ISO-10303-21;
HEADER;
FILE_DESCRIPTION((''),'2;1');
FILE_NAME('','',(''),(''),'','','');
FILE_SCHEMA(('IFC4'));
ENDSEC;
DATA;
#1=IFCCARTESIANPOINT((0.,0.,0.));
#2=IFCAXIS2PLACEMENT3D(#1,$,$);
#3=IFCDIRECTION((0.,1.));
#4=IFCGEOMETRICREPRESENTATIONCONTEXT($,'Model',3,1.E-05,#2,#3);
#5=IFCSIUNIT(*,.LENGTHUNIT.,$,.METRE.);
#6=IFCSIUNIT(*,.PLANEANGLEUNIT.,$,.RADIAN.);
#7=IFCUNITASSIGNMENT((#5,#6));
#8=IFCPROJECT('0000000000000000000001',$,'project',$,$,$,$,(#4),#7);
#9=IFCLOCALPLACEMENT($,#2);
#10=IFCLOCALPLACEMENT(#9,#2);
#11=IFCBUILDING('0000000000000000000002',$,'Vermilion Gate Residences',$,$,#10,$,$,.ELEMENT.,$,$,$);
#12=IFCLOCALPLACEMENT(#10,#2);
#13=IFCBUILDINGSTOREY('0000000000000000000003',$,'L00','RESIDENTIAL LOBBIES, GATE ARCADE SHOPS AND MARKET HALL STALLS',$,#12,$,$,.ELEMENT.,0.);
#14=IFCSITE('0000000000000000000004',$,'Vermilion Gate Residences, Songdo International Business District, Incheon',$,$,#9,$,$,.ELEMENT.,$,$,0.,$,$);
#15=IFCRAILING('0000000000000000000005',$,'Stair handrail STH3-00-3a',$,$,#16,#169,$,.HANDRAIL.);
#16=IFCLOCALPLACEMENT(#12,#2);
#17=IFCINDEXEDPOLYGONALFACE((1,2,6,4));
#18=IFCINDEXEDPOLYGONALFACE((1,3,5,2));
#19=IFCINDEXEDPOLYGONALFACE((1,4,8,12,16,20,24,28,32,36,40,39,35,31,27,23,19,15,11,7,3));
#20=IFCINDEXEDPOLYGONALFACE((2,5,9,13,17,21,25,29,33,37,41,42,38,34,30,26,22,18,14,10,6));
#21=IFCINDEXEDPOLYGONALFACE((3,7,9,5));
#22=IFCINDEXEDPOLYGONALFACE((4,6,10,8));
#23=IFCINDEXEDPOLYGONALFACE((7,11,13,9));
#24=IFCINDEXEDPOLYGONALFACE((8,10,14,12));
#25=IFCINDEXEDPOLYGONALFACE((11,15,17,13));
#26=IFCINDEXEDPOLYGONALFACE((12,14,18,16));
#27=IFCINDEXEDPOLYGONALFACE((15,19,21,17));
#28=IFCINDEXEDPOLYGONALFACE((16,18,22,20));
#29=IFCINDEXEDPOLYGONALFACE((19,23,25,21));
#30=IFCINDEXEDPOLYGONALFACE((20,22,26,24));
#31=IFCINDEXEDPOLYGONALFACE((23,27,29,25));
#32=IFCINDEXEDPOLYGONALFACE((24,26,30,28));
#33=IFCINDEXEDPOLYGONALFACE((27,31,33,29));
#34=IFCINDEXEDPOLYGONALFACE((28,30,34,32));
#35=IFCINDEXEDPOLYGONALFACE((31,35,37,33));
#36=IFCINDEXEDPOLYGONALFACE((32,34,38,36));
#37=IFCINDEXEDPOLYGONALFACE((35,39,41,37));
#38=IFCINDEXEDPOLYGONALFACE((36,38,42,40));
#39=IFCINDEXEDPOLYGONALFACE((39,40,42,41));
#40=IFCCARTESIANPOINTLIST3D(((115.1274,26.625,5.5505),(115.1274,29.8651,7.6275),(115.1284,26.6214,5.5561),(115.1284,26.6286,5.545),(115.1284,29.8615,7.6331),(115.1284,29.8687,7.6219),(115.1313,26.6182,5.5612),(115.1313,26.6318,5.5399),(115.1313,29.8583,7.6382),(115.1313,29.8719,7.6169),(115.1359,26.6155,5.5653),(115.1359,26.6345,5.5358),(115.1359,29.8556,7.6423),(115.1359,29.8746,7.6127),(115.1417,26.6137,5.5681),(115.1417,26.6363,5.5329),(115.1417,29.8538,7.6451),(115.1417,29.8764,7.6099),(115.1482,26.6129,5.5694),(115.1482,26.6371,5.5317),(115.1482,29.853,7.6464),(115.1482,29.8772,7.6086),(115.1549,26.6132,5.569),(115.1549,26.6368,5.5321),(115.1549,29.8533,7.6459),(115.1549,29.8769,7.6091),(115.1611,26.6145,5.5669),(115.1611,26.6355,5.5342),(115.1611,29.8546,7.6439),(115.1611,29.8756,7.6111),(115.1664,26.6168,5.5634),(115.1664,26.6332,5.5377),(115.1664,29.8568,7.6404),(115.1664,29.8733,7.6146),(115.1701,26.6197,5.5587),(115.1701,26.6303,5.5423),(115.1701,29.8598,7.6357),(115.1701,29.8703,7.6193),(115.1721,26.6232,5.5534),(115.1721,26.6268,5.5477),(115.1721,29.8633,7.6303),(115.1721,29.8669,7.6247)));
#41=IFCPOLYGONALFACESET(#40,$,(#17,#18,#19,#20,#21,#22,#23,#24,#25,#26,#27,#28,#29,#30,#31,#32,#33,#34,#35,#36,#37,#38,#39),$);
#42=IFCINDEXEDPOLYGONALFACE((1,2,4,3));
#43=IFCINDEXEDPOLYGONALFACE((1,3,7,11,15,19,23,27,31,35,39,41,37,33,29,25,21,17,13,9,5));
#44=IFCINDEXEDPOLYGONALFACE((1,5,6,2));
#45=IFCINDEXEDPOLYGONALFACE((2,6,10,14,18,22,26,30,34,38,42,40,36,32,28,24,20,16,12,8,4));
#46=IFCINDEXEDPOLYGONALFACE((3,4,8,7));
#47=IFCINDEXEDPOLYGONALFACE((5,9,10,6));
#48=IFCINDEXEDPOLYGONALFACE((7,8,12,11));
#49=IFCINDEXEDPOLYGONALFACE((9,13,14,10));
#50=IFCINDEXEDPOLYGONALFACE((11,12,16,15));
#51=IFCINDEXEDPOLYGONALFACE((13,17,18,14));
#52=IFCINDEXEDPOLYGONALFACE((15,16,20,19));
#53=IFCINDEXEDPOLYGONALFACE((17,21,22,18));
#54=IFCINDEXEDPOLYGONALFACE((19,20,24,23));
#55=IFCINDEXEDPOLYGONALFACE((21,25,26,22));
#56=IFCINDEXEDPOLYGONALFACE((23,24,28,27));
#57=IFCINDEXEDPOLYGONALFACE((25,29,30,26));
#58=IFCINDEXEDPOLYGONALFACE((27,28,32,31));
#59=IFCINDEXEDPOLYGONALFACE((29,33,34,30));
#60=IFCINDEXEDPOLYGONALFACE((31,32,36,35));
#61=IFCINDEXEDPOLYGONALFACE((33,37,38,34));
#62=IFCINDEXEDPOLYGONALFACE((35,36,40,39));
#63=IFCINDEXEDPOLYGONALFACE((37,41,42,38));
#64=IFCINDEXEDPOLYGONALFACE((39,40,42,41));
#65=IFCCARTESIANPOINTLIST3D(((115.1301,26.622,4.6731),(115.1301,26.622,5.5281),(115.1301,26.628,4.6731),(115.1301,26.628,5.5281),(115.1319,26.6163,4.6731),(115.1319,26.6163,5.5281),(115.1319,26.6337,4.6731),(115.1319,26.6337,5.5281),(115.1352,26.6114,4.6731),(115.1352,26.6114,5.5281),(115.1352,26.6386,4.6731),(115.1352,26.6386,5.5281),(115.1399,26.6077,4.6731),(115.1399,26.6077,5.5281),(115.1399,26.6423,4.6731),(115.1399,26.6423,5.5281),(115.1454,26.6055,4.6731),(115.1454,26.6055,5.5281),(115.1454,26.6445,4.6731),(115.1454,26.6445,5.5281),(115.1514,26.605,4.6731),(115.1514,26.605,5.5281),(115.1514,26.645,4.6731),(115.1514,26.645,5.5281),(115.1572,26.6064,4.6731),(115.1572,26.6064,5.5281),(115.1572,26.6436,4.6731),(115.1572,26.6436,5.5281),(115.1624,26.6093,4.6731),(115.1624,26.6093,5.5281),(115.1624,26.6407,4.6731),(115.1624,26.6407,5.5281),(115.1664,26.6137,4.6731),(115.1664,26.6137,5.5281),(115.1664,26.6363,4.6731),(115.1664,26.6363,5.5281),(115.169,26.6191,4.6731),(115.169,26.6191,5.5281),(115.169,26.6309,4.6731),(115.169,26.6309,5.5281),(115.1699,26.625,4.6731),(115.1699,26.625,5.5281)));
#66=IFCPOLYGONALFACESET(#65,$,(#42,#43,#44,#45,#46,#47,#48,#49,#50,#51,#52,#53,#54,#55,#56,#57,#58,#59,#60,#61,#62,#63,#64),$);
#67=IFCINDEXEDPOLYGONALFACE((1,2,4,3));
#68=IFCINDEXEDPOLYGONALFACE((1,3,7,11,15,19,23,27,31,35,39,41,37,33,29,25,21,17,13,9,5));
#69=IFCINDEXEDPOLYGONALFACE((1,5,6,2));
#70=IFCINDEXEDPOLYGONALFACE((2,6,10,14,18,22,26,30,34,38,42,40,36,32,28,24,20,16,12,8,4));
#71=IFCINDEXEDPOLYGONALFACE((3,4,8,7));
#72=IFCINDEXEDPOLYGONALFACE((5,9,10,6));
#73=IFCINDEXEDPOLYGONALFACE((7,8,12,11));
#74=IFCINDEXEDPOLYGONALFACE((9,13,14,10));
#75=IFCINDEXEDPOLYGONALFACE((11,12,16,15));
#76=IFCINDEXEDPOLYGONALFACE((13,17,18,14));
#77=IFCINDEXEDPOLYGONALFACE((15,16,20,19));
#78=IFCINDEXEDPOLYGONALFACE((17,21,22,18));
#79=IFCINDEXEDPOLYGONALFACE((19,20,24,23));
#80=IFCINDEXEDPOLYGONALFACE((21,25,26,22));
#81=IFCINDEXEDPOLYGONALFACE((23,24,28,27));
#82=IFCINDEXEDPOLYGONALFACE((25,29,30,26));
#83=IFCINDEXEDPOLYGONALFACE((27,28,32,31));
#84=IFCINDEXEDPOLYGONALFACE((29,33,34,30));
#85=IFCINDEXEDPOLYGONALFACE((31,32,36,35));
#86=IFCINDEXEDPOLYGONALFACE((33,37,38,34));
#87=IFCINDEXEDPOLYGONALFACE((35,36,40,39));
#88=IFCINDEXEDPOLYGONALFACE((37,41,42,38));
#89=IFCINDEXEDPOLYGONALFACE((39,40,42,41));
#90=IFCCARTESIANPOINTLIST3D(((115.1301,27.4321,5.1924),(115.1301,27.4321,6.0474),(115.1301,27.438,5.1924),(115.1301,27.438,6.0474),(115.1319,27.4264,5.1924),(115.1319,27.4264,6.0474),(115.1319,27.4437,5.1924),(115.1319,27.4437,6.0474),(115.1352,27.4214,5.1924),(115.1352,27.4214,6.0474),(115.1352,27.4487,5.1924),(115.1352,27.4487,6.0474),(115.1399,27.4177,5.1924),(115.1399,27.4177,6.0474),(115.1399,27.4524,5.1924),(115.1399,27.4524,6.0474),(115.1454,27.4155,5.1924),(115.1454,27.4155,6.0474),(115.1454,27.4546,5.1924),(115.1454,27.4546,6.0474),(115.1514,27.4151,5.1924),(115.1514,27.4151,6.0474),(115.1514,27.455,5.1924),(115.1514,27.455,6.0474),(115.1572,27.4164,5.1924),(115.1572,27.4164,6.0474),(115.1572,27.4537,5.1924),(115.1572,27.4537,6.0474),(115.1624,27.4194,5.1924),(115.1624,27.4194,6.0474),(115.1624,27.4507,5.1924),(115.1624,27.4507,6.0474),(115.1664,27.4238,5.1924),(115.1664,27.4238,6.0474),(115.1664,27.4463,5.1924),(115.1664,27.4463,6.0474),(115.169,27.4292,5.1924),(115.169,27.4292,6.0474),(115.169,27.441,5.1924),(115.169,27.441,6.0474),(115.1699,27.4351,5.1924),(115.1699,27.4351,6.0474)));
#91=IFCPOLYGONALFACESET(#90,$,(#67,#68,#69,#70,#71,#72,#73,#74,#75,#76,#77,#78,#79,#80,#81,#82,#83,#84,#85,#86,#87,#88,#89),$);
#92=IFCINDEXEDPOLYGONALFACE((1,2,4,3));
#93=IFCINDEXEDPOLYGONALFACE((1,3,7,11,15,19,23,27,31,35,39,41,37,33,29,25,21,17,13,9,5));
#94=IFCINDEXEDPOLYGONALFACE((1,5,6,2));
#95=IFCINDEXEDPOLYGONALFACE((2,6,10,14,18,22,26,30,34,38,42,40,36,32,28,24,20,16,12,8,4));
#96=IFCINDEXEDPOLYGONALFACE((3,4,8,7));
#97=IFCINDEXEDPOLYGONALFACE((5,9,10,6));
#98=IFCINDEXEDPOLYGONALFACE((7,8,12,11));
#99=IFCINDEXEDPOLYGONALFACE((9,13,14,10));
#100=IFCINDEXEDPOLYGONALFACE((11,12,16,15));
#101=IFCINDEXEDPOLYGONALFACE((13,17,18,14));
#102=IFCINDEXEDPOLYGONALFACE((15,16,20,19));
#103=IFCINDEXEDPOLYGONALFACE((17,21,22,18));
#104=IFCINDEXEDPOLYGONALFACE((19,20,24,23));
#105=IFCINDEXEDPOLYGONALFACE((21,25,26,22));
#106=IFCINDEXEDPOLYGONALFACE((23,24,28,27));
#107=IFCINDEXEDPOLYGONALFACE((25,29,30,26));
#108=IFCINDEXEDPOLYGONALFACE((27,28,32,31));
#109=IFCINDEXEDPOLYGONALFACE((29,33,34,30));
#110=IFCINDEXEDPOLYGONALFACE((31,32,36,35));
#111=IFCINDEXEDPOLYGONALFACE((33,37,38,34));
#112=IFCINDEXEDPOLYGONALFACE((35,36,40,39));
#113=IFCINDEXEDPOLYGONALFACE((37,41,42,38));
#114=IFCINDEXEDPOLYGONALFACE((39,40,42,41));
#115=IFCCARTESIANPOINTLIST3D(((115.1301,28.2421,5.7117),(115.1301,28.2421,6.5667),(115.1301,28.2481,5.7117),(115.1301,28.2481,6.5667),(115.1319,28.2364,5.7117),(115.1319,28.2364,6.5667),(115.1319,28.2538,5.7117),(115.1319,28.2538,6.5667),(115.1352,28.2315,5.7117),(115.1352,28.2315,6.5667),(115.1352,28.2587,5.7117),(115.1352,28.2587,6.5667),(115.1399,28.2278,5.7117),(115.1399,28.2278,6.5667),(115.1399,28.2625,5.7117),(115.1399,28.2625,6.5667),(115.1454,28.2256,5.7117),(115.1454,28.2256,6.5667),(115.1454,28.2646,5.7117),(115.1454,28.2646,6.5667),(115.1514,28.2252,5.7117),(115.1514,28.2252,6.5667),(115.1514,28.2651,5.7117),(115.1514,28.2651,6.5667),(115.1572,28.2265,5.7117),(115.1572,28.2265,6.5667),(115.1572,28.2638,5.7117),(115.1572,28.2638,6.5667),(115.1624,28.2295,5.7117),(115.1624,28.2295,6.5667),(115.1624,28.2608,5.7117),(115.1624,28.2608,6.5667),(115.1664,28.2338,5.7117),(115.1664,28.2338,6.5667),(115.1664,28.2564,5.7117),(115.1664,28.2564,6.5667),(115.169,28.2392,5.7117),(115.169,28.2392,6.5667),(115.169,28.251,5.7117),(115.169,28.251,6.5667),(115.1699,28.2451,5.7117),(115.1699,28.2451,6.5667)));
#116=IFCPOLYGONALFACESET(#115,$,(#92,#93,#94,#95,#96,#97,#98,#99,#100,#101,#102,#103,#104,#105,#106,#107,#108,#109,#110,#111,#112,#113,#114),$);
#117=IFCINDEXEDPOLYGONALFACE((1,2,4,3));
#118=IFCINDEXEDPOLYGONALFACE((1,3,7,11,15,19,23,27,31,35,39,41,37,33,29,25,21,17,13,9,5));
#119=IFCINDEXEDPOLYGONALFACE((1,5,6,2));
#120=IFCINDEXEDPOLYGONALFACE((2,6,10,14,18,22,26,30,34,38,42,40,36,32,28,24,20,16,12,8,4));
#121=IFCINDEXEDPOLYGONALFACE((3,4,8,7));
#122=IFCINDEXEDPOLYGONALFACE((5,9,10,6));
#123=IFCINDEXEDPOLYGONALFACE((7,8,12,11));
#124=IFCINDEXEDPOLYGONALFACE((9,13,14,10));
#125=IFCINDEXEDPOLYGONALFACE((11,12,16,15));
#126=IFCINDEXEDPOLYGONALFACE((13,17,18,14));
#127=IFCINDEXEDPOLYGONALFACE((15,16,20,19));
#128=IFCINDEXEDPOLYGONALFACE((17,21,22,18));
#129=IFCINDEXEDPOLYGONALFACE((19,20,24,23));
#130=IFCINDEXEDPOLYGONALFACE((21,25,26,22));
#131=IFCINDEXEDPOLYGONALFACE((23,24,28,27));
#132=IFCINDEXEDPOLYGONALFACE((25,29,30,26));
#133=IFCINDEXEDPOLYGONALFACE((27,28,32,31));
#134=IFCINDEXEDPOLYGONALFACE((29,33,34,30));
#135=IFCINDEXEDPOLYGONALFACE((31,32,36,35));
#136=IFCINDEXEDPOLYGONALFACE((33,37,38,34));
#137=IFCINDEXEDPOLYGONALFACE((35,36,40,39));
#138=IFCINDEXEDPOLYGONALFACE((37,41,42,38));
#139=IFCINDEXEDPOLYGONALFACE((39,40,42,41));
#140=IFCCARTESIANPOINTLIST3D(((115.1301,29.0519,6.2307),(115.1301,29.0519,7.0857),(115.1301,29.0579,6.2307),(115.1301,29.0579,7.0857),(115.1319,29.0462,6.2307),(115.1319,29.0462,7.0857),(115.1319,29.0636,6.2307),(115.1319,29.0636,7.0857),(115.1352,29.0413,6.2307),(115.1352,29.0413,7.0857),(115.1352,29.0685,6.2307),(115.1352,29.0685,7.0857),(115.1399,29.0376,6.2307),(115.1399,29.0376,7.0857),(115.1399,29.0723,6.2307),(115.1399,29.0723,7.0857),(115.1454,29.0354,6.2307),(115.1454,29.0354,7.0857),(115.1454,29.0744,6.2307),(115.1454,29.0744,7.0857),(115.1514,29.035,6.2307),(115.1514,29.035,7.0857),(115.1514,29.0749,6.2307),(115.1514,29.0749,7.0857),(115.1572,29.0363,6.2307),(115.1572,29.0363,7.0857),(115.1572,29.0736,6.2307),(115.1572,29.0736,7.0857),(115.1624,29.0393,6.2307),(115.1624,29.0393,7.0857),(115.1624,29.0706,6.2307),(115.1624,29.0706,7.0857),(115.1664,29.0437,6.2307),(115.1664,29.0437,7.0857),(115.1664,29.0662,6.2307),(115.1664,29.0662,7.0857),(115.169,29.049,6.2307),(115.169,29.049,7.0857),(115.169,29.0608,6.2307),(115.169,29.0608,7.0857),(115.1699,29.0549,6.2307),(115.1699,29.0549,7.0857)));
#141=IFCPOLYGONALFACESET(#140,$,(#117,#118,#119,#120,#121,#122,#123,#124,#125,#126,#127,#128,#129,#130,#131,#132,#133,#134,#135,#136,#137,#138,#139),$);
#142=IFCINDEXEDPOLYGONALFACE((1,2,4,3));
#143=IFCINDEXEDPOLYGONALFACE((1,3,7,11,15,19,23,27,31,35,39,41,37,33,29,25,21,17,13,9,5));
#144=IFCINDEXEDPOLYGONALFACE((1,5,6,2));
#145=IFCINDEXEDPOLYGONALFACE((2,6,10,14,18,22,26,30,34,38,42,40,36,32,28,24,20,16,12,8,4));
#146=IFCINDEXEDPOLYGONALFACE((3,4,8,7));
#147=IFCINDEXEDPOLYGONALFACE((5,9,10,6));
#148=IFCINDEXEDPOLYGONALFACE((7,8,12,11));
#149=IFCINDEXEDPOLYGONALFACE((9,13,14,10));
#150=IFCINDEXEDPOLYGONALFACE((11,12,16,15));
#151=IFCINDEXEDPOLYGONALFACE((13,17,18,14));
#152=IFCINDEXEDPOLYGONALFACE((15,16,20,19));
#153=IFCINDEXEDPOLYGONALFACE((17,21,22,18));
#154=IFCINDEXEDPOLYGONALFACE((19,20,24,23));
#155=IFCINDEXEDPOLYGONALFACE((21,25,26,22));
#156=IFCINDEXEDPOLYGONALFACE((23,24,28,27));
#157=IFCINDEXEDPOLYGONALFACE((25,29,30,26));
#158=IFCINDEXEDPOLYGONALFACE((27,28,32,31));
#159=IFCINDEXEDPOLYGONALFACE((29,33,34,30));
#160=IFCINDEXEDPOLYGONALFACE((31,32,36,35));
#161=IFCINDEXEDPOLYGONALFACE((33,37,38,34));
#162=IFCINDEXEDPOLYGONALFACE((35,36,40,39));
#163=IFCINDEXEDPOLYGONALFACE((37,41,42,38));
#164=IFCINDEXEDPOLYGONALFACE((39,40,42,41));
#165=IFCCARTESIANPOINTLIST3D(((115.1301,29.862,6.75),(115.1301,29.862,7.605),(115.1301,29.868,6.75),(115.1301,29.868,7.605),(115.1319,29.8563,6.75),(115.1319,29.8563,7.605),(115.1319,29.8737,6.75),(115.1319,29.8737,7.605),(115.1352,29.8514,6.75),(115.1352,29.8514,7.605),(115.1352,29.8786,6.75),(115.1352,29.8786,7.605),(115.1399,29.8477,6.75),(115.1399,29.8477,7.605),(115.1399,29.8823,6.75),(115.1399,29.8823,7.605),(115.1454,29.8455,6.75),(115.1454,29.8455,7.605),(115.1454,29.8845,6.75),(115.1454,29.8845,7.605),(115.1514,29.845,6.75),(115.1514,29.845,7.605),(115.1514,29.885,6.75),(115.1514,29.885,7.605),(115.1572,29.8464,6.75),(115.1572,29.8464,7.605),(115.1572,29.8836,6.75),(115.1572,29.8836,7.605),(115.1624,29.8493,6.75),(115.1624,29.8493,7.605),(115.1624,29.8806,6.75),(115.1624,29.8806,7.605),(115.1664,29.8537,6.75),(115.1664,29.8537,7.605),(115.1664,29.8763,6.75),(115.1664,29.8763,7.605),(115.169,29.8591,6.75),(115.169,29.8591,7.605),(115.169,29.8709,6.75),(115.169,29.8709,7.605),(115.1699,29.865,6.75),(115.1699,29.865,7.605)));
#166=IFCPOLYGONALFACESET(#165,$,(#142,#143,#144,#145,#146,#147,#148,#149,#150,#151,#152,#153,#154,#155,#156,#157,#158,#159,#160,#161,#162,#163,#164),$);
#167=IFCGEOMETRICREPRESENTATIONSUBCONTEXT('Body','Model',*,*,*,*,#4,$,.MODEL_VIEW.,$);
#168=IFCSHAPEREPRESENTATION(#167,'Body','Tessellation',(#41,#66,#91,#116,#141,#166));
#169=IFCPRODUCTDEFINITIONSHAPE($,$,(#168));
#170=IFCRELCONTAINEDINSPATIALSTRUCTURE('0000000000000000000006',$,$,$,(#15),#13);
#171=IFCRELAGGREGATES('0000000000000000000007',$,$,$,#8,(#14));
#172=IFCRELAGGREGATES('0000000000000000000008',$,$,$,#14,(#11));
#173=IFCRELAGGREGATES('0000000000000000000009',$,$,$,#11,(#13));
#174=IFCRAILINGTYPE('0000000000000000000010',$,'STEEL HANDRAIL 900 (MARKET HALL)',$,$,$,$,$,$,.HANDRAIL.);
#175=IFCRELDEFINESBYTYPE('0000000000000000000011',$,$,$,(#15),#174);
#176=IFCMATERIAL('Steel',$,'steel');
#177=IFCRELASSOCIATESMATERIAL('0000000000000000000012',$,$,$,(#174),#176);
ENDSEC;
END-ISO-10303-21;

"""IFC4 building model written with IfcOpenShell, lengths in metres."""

from ifc_helpers import new_model, si_unit, direction, frame, origin, origin_2d, place, context, subcontext, project, spatial, circle, extrude, material, type_object, element, save


model = new_model("IFC4")

# Units and contexts
model_context = context("Model", 3, precision=1e-05, world=origin(), true_north=direction((0.0, 1.0)))
body_context = subcontext(model_context, "Body", "Model", "MODEL_VIEW")
ifc_project = project(units=[si_unit("LENGTHUNIT", "METRE"), si_unit("PLANEANGLEUNIT", "RADIAN")], contexts=[model_context])

# Site, building, storey
site_placement = place(None, origin())
site = spatial("IfcSite", under=ifc_project, at=site_placement, Name="Vermilion Gate Residences, Songdo International Business District, Incheon", CompositionType="ELEMENT", RefElevation=0.0)
building_placement = place(site_placement, origin())
building = spatial("IfcBuilding", under=site, at=building_placement, Name="Vermilion Gate Residences", CompositionType="ELEMENT")
storey_placement = place(building_placement, origin())
storey = spatial("IfcBuildingStorey", under=building, at=storey_placement, Name="L00", Description="RESIDENTIAL LOBBIES, GATE ARCADE SHOPS AND MARKET HALL STALLS", CompositionType="ELEMENT", Elevation=0.0)

# Railing
ifc_material_1 = material(Name="Steel", Category="steel")
railing_type = type_object("IfcRailingType", Name="STEEL HANDRAIL 900 (MARKET HALL)", PredefinedType="HANDRAIL", material=ifc_material_1)
for number, where, name in (
    (1, (115.1499, 26.625, 4.6731), "Stair handrail STH3-00-3a"),
):
    element("IfcRailing", number, at=place(storey_placement, frame(where)), inside=storey, type_object=railing_type, Name=name, PredefinedType="HANDRAIL", context=body_context, shape_type="SweptSolid", body=[
        extrude(circle(Radius=0.0225, at=origin_2d()), frame((0.0, 0.0, 0.8774), z_axis=(0.0, 0.841881, 0.539664), x_axis=(-1.0, 0.0, 0.0)), (0.0, 0.0, 1.0), 3.8486),
        extrude(circle(Radius=0.02, at=origin_2d()), origin(), (0.0, 0.0, 1.0), 0.855),
        extrude(circle(Radius=0.02, at=origin_2d()), frame((0.0, 0.8101, 0.5193)), (0.0, 0.0, 1.0), 0.855),
        extrude(circle(Radius=0.02, at=origin_2d()), frame((0.0, 1.6201, 1.0386)), (0.0, 0.0, 1.0), 0.855),
        extrude(circle(Radius=0.02, at=origin_2d()), frame((0.0, 2.4299, 1.5576)), (0.0, 0.0, 1.0), 0.855),
        extrude(circle(Radius=0.02, at=origin_2d()), frame((0.0, 3.24, 2.0769)), (0.0, 0.0, 1.0), 0.855),
    ])

save(model, "model.ifc")
